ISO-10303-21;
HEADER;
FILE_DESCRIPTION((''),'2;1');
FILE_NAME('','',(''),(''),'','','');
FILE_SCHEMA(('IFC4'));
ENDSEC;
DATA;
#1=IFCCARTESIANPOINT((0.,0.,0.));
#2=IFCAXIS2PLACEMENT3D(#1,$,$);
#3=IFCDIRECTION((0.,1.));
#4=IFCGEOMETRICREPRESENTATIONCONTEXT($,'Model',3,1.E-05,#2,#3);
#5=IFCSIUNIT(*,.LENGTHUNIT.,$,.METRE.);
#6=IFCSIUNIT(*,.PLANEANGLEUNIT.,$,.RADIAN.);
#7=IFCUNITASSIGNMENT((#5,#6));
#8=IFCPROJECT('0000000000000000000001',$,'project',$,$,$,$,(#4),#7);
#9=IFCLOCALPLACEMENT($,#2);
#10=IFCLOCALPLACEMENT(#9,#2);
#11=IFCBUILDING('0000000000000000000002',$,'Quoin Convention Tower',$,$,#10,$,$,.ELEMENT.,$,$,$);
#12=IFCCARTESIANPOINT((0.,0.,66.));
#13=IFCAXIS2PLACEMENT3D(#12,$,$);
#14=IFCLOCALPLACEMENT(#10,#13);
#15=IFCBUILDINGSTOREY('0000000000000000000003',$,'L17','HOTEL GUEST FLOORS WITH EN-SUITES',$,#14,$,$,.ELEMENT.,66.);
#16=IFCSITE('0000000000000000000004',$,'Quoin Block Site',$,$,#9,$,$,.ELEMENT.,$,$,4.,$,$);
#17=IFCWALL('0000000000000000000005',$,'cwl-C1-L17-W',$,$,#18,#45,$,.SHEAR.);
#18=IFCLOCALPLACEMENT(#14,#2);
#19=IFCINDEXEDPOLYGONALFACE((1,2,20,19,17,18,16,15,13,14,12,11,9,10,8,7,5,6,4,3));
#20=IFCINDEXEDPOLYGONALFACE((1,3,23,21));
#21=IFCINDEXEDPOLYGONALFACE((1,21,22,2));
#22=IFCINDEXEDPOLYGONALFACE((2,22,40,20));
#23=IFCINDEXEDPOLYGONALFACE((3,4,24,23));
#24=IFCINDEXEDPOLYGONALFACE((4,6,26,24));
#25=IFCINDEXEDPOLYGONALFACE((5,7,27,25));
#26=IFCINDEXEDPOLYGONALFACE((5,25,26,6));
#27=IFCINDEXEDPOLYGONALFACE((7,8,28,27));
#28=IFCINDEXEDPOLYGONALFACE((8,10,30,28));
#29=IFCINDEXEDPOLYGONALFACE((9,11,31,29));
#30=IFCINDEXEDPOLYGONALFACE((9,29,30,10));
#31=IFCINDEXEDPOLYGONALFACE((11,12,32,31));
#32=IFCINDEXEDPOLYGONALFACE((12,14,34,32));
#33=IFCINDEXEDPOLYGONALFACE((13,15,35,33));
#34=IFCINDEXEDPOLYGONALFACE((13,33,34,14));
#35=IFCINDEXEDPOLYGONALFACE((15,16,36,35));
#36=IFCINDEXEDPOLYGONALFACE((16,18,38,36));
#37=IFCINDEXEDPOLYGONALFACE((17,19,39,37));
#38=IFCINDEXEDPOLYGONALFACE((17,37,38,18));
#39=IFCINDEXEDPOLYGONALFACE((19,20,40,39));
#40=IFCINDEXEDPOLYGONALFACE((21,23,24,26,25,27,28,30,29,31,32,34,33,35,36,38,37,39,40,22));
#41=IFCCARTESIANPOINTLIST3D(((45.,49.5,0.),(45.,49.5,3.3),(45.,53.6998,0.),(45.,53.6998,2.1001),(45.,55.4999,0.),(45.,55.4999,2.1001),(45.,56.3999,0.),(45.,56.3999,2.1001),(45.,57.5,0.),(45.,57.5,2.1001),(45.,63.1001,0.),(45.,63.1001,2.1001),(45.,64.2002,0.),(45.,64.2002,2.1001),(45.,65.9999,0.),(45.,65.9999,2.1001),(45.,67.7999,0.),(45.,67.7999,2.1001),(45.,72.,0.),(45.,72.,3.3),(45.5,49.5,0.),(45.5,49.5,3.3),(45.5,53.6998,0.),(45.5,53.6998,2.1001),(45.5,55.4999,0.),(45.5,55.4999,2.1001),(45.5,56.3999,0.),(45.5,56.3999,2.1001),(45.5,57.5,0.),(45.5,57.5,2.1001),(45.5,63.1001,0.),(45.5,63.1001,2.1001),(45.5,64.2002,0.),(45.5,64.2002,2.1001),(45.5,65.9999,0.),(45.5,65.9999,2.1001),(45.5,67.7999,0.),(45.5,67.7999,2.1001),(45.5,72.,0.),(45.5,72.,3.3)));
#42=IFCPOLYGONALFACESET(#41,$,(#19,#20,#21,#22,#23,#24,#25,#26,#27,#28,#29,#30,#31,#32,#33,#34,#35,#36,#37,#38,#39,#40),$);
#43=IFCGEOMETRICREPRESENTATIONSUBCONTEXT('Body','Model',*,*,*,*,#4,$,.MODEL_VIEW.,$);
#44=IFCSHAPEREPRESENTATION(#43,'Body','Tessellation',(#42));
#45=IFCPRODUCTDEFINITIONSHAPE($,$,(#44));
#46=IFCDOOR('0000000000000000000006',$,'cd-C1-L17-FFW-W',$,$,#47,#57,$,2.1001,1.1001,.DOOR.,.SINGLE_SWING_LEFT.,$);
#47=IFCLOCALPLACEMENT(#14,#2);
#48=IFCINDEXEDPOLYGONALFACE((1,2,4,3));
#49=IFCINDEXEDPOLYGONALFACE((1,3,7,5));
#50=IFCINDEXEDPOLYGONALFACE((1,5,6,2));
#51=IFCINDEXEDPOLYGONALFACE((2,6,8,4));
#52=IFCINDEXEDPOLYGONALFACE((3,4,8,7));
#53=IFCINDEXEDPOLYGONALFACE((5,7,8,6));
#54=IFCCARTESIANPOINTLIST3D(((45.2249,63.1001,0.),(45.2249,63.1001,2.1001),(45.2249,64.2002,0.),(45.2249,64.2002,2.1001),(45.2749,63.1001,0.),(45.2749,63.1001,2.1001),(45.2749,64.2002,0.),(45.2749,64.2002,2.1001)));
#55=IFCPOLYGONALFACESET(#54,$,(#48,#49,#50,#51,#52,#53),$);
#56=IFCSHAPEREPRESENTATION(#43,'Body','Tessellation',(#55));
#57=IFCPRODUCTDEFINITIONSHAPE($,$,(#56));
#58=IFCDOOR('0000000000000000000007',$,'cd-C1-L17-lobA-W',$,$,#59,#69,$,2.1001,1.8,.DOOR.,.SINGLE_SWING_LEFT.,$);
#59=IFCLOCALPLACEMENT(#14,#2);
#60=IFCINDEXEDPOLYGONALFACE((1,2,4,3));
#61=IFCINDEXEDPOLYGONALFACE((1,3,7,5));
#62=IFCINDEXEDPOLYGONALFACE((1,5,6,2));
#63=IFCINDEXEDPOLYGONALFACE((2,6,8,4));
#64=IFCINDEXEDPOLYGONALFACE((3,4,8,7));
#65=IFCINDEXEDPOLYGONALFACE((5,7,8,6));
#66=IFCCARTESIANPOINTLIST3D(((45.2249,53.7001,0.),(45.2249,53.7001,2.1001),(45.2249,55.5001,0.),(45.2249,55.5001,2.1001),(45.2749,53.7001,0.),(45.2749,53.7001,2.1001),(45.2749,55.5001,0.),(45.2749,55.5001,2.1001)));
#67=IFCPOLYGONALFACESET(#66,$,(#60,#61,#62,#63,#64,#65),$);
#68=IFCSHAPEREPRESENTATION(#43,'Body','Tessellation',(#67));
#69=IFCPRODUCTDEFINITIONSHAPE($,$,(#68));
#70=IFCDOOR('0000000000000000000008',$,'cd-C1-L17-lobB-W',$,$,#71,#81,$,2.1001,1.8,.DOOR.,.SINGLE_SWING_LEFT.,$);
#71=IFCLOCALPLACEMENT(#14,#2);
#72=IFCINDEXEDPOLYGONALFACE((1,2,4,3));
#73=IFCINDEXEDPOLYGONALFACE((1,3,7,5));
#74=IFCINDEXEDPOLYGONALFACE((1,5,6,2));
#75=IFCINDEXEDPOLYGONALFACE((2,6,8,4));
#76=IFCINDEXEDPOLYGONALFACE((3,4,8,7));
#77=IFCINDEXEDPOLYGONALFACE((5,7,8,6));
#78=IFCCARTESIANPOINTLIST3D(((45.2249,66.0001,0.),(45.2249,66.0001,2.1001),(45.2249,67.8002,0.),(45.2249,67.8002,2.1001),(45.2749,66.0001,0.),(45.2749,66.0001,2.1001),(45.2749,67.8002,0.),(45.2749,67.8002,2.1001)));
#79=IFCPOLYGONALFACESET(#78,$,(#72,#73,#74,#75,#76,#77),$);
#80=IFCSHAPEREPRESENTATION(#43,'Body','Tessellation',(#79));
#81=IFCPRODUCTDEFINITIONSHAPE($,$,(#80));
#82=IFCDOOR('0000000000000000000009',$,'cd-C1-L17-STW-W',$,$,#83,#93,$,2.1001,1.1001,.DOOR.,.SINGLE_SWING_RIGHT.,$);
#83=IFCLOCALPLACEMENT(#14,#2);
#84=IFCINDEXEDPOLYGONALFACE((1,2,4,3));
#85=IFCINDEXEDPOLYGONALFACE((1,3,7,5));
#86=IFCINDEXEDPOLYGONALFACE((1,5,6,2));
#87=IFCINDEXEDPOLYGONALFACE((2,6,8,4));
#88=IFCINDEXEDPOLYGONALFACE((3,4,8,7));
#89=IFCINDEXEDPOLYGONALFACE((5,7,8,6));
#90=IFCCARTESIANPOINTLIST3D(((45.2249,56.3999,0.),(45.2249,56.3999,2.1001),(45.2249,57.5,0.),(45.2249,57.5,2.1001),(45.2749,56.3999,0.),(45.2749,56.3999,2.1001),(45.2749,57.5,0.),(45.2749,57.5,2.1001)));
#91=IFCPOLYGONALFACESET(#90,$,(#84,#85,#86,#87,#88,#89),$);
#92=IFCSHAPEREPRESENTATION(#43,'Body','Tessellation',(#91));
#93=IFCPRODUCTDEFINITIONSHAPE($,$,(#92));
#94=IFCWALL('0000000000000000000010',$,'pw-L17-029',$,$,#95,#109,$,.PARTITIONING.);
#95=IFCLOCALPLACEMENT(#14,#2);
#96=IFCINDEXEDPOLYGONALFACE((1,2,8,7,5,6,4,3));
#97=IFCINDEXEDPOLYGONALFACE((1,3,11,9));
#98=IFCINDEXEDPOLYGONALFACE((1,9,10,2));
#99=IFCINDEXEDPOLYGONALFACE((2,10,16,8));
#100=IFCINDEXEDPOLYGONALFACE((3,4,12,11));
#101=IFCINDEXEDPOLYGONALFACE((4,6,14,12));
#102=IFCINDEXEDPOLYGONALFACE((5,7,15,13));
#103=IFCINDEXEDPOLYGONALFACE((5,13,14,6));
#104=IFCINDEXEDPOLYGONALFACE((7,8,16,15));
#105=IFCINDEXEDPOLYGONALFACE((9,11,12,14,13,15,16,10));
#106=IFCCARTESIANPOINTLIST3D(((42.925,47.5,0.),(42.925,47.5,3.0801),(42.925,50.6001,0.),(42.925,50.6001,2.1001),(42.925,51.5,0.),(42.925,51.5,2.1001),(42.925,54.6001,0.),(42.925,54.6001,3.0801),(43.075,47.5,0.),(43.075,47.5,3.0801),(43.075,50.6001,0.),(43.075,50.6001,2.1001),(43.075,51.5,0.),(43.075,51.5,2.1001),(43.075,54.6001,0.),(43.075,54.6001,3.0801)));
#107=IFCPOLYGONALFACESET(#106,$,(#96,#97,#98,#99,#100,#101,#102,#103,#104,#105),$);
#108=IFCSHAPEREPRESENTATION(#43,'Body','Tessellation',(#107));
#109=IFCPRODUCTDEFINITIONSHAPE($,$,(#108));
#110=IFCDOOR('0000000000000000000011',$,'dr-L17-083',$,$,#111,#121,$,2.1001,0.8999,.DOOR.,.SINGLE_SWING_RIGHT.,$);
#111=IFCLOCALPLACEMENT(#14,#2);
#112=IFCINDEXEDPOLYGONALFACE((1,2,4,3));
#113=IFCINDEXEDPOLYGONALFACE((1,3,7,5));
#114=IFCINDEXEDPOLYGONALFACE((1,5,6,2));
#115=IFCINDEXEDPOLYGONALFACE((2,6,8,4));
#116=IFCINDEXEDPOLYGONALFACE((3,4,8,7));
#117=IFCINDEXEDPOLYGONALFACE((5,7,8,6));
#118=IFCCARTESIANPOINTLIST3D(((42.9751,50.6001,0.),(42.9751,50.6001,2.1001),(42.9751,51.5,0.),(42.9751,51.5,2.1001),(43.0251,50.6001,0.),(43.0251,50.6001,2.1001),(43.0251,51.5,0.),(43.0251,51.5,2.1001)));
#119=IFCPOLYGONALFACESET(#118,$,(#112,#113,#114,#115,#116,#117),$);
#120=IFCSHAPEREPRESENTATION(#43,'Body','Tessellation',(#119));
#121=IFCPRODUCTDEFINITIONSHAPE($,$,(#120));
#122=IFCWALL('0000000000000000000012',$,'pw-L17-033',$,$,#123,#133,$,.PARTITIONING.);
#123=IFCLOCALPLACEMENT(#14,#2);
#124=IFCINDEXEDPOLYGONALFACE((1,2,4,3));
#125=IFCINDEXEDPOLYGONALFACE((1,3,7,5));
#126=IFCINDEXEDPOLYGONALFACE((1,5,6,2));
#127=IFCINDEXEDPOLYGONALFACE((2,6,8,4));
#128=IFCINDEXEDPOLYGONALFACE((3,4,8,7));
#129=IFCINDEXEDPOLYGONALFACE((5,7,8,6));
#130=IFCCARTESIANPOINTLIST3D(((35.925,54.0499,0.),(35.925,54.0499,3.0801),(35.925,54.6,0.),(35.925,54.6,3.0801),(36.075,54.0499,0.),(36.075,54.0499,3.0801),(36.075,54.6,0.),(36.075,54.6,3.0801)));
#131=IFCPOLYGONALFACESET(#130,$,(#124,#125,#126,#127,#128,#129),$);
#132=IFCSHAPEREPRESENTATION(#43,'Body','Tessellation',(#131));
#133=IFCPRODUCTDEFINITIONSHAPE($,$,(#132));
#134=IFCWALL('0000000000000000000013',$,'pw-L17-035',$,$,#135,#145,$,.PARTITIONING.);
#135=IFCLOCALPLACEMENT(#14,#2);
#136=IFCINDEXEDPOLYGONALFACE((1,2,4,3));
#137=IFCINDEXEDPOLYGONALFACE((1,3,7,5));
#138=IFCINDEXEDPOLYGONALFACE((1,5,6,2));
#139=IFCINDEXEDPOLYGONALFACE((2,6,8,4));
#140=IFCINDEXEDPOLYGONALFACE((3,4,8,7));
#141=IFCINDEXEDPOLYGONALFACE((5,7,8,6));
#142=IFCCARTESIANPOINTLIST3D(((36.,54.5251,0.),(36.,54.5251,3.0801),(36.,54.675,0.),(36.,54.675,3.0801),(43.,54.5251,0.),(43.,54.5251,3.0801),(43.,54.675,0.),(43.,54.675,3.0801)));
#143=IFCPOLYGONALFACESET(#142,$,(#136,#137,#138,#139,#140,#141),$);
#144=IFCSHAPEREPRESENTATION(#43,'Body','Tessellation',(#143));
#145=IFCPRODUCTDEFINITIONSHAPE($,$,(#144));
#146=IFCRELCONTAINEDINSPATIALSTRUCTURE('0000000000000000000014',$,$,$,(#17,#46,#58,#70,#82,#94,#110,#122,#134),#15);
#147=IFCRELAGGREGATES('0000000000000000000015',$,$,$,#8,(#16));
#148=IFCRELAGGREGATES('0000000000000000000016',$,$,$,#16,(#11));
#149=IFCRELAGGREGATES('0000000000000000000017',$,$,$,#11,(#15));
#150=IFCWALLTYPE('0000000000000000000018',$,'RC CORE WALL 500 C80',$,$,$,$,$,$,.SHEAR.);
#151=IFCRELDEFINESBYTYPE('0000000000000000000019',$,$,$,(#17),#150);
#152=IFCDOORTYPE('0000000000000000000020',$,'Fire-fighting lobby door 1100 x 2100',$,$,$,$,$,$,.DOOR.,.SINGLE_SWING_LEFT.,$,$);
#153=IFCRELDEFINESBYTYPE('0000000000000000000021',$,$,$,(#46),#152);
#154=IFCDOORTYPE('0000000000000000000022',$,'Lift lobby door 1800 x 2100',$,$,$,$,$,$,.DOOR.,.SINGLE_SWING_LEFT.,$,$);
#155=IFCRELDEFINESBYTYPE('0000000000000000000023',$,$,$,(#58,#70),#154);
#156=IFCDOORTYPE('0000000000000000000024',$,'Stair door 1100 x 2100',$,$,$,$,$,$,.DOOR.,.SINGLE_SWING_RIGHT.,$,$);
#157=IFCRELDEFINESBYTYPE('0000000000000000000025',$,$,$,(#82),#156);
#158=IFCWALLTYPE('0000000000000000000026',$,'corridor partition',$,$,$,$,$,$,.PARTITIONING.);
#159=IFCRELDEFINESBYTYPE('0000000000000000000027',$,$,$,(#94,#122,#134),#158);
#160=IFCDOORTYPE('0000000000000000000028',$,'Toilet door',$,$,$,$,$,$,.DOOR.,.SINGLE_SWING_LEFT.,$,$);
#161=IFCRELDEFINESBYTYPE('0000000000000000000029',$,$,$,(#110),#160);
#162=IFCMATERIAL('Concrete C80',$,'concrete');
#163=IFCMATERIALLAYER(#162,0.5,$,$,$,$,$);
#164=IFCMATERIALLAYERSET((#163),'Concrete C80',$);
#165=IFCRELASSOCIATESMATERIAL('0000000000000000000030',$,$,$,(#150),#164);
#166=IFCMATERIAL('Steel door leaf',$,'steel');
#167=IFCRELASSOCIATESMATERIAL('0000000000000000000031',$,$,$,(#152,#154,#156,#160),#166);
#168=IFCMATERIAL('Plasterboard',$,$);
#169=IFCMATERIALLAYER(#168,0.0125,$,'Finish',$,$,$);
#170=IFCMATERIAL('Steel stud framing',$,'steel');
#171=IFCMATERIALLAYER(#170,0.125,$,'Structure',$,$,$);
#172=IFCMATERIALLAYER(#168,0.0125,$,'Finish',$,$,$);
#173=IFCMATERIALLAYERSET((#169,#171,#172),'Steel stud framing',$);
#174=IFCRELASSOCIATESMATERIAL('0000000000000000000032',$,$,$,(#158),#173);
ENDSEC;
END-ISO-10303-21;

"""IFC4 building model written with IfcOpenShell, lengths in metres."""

from ifc_helpers import new_model, si_unit, direction, frame, frame_2d, origin, place, context, subcontext, project, spatial, rectangle, extrude, material, layer, layer_set, type_object, element, fill, save


model = new_model("IFC4")

# Units and contexts
model_context = context("Model", 3, precision=1e-05, world=origin(), true_north=direction((0.0, 1.0)))
body_context = subcontext(model_context, "Body", "Model", "MODEL_VIEW")
ifc_project = project(units=[si_unit("LENGTHUNIT", "METRE"), si_unit("PLANEANGLEUNIT", "RADIAN")], contexts=[model_context])

# Site, building, storey
site_placement = place(None, origin())
site = spatial("IfcSite", under=ifc_project, at=site_placement, Name="Quoin Block Site", CompositionType="ELEMENT", RefElevation=4.0)
building_placement = place(site_placement, origin())
building = spatial("IfcBuilding", under=site, at=building_placement, Name="Quoin Convention Tower", CompositionType="ELEMENT")
storey_placement = place(building_placement, frame((0.0, 0.0, 66.0)))
storey = spatial("IfcBuildingStorey", under=building, at=storey_placement, Name="L17", Description="HOTEL GUEST FLOORS WITH EN-SUITES", CompositionType="ELEMENT", Elevation=66.0)

# Shared definitions
ifc_material_1 = material(Name="Concrete C80", Category="concrete")

# Shared definitions
ifc_material_2 = material(Name="Plasterboard")
ifc_material_3 = material(Name="Steel stud framing", Category="steel")
ifc_material_4 = material(Name="Steel door leaf", Category="steel")

# Shared definitions
ifc_layer_1 = layer(ifc_material_1, 0.5)
ifc_layer_set_1 = layer_set([ifc_layer_1], Name="Concrete C80")
wall_type_1 = type_object("IfcWallType", Name="RC CORE WALL 500 C80", PredefinedType="SHEAR", material=ifc_layer_set_1)

# Wall, openings, doors
wall_1_placement = place(storey_placement, frame((45.25, 49.5, 0.0), z_axis=(0.0, 0.0, 1.0), x_axis=(0.0, 1.0, 0.0)))
wall_1 = element("IfcWall", 1, at=wall_1_placement, inside=storey, type_object=wall_type_1, Name="cwl-C1-L17-W", PredefinedType="SHEAR", context=body_context, shape_type="SweptSolid", body=[
    extrude(rectangle(XDim=22.5, YDim=0.5, at=frame_2d((11.25, 0.0))), origin(), (0.0, 0.0, 1.0), 3.3),
])
opening_1_placement = place(wall_1_placement, frame((4.2, 0.0, 0.0)))
opening_1 = element("IfcOpeningElement", 2, at=opening_1_placement, cuts=wall_1, PredefinedType="OPENING", context=body_context, shape_type="SweptSolid", body=[
    extrude(rectangle(XDim=1.8, YDim=2.1001, at=frame_2d((0.8999, 1.05))), frame((0.0, 0.26, 0.0), z_axis=(0.0, -1.0, 0.0), x_axis=(1.0, 0.0, 0.0)), (0.0, 0.0, 1.0), 0.52),
])
opening_2_placement = place(wall_1_placement, frame((6.8999, 0.0, 0.0)))
opening_2 = element("IfcOpeningElement", 3, at=opening_2_placement, cuts=wall_1, PredefinedType="OPENING", context=body_context, shape_type="SweptSolid", body=[
    extrude(rectangle(XDim=1.1001, YDim=2.1001, at=frame_2d((0.55, 1.05))), frame((0.0, 0.26, 0.0), z_axis=(0.0, -1.0, 0.0), x_axis=(1.0, 0.0, 0.0)), (0.0, 0.0, 1.0), 0.52),
])
opening_3_placement = place(wall_1_placement, frame((13.6001, 0.0, 0.0)))
opening_3 = element("IfcOpeningElement", 4, at=opening_3_placement, cuts=wall_1, PredefinedType="OPENING", context=body_context, shape_type="SweptSolid", body=[
    extrude(rectangle(XDim=1.1001, YDim=2.1001, at=frame_2d((0.55, 1.05))), frame((0.0, 0.26, 0.0), z_axis=(0.0, -1.0, 0.0), x_axis=(1.0, 0.0, 0.0)), (0.0, 0.0, 1.0), 0.52),
])
opening_4_placement = place(wall_1_placement, frame((16.5, 0.0, 0.0)))
opening_4 = element("IfcOpeningElement", 5, at=opening_4_placement, cuts=wall_1, PredefinedType="OPENING", context=body_context, shape_type="SweptSolid", body=[
    extrude(rectangle(XDim=1.8, YDim=2.1001, at=frame_2d((0.8999, 1.05))), frame((0.0, 0.26, 0.0), z_axis=(0.0, -1.0, 0.0), x_axis=(1.0, 0.0, 0.0)), (0.0, 0.0, 1.0), 0.52),
])
door_type_1 = type_object("IfcDoorType", Name="Fire-fighting lobby door 1100 x 2100", OperationType="SINGLE_SWING_LEFT", PredefinedType="DOOR", material=ifc_material_4)
door_1_placement = place(opening_3_placement, frame((1.1001, 0.0, 0.0), z_axis=(0.0, 0.0, 1.0), x_axis=(-1.0, 0.0, 0.0)))
door_1 = element("IfcDoor", 6, at=door_1_placement, inside=storey, type_object=door_type_1, Name="cd-C1-L17-FFW-W", OperationType="SINGLE_SWING_LEFT", OverallHeight=2.1001, OverallWidth=1.1001, PredefinedType="DOOR", context=body_context, shape_type="SweptSolid", body=[
    extrude(rectangle(XDim=1.1001, YDim=2.1001, at=frame_2d((0.55, 1.05))), frame((0.0, 0.0249, 0.0), z_axis=(0.0, -1.0, 0.0), x_axis=(1.0, 0.0, 0.0)), (0.0, 0.0, 1.0), 0.05),
])
fill(opening_3, door_1)
door_type_2 = type_object("IfcDoorType", Name="Lift lobby door 1800 x 2100", OperationType="SINGLE_SWING_LEFT", PredefinedType="DOOR", material=ifc_material_4)
door_2_placement = place(opening_1_placement, frame((1.8, 0.0, 0.0), z_axis=(0.0, 0.0, 1.0), x_axis=(-1.0, 0.0, 0.0)))
door_2 = element("IfcDoor", 7, at=door_2_placement, inside=storey, type_object=door_type_2, Name="cd-C1-L17-lobA-W", OperationType="SINGLE_SWING_LEFT", OverallHeight=2.1001, OverallWidth=1.8, PredefinedType="DOOR", context=body_context, shape_type="SweptSolid", body=[
    extrude(rectangle(XDim=1.8, YDim=2.1001, at=frame_2d((0.8999, 1.05))), frame((0.0, 0.0249, 0.0), z_axis=(0.0, -1.0, 0.0), x_axis=(1.0, 0.0, 0.0)), (0.0, 0.0, 1.0), 0.05),
])
fill(opening_1, door_2)
door_3_placement = place(opening_4_placement, frame((1.8, 0.0, 0.0), z_axis=(0.0, 0.0, 1.0), x_axis=(-1.0, 0.0, 0.0)))
door_3 = element("IfcDoor", 8, at=door_3_placement, inside=storey, type_object=door_type_2, Name="cd-C1-L17-lobB-W", OperationType="SINGLE_SWING_LEFT", OverallHeight=2.1001, OverallWidth=1.8, PredefinedType="DOOR", context=body_context, shape_type="SweptSolid", body=[
    extrude(rectangle(XDim=1.8, YDim=2.1001, at=frame_2d((0.8999, 1.05))), frame((0.0, 0.0249, 0.0), z_axis=(0.0, -1.0, 0.0), x_axis=(1.0, 0.0, 0.0)), (0.0, 0.0, 1.0), 0.05),
])
fill(opening_4, door_3)
door_type_3 = type_object("IfcDoorType", Name="Stair door 1100 x 2100", OperationType="SINGLE_SWING_RIGHT", PredefinedType="DOOR", material=ifc_material_4)
door_4_placement = place(opening_2_placement, frame((1.1001, 0.0, 0.0), z_axis=(0.0, 0.0, 1.0), x_axis=(-1.0, 0.0, 0.0)))
door_4 = element("IfcDoor", 9, at=door_4_placement, inside=storey, type_object=door_type_3, Name="cd-C1-L17-STW-W", OperationType="SINGLE_SWING_RIGHT", OverallHeight=2.1001, OverallWidth=1.1001, PredefinedType="DOOR", context=body_context, shape_type="SweptSolid", body=[
    extrude(rectangle(XDim=1.1001, YDim=2.1001, at=frame_2d((0.55, 1.05))), frame((0.0, 0.0249, 0.0), z_axis=(0.0, -1.0, 0.0), x_axis=(1.0, 0.0, 0.0)), (0.0, 0.0, 1.0), 0.05),
])
fill(opening_2, door_4)

# Wall, opening, door
ifc_layer_2 = layer(ifc_material_2, 0.0125, Name="Finish")
ifc_layer_3 = layer(ifc_material_3, 0.125, Name="Structure")
ifc_layer_4 = layer(ifc_material_2, 0.0125, Name="Finish")
ifc_layer_set_2 = layer_set([ifc_layer_2, ifc_layer_3, ifc_layer_4], Name="Steel stud framing")
wall_type_2 = type_object("IfcWallType", Name="corridor partition", PredefinedType="PARTITIONING", material=ifc_layer_set_2)
wall_2_placement = place(storey_placement, frame((43.0, 47.5, 0.0), z_axis=(0.0, 0.0, 1.0), x_axis=(0.0, 1.0, 0.0)))
wall_2 = element("IfcWall", 10, at=wall_2_placement, inside=storey, type_object=wall_type_2, Name="pw-L17-029", PredefinedType="PARTITIONING", context=body_context, shape_type="SweptSolid", body=[
    extrude(rectangle(XDim=7.1001, YDim=0.1499, at=frame_2d((3.55, 0.0))), origin(), (0.0, 0.0, 1.0), 3.0801),
])
opening_5_placement = place(wall_2_placement, frame((3.1001, 0.0, 0.0)))
opening_5 = element("IfcOpeningElement", 11, at=opening_5_placement, cuts=wall_2, PredefinedType="OPENING", context=body_context, shape_type="SweptSolid", body=[
    extrude(rectangle(XDim=0.8999, YDim=2.1001, at=frame_2d((0.45, 1.05))), frame((0.0, 0.085, 0.0), z_axis=(0.0, -1.0, 0.0), x_axis=(1.0, 0.0, 0.0)), (0.0, 0.0, 1.0), 0.1699),
])
door_type_4 = type_object("IfcDoorType", Name="Toilet door", OperationType="SINGLE_SWING_LEFT", PredefinedType="DOOR", material=ifc_material_4)
door_5_placement = place(opening_5_placement, origin())
door_5 = element("IfcDoor", 12, at=door_5_placement, inside=storey, type_object=door_type_4, Name="dr-L17-083", OperationType="SINGLE_SWING_RIGHT", OverallHeight=2.1001, OverallWidth=0.8999, PredefinedType="DOOR", context=body_context, shape_type="SweptSolid", body=[
    extrude(rectangle(XDim=0.8999, YDim=2.1001, at=frame_2d((0.45, 1.05))), frame((0.0, 0.0249, 0.0), z_axis=(0.0, -1.0, 0.0), x_axis=(1.0, 0.0, 0.0)), (0.0, 0.0, 1.0), 0.05),
])
fill(opening_5, door_5)

# Walls
wall_3_placement = place(storey_placement, frame((36.0, 54.05, 0.0), z_axis=(0.0, 0.0, 1.0), x_axis=(0.0, 1.0, 0.0)))
element("IfcWall", 13, at=wall_3_placement, inside=storey, type_object=wall_type_2, Name="pw-L17-033", PredefinedType="PARTITIONING", context=body_context, shape_type="SweptSolid", body=[
    extrude(rectangle(XDim=0.55, YDim=0.1499, at=frame_2d((0.2749, 0.0))), origin(), (0.0, 0.0, 1.0), 3.0801),
])
wall_4_placement = place(storey_placement, frame((36.0, 54.6001, 0.0), z_axis=(0.0, 0.0, 1.0), x_axis=(1.0, 0.0, 0.0)))
element("IfcWall", 14, at=wall_4_placement, inside=storey, type_object=wall_type_2, Name="pw-L17-035", PredefinedType="PARTITIONING", context=body_context, shape_type="SweptSolid", body=[
    extrude(rectangle(XDim=7.0, YDim=0.1499, at=frame_2d((3.5, 0.0))), origin(), (0.0, 0.0, 1.0), 3.0801),
])

save(model, "model.ifc")
